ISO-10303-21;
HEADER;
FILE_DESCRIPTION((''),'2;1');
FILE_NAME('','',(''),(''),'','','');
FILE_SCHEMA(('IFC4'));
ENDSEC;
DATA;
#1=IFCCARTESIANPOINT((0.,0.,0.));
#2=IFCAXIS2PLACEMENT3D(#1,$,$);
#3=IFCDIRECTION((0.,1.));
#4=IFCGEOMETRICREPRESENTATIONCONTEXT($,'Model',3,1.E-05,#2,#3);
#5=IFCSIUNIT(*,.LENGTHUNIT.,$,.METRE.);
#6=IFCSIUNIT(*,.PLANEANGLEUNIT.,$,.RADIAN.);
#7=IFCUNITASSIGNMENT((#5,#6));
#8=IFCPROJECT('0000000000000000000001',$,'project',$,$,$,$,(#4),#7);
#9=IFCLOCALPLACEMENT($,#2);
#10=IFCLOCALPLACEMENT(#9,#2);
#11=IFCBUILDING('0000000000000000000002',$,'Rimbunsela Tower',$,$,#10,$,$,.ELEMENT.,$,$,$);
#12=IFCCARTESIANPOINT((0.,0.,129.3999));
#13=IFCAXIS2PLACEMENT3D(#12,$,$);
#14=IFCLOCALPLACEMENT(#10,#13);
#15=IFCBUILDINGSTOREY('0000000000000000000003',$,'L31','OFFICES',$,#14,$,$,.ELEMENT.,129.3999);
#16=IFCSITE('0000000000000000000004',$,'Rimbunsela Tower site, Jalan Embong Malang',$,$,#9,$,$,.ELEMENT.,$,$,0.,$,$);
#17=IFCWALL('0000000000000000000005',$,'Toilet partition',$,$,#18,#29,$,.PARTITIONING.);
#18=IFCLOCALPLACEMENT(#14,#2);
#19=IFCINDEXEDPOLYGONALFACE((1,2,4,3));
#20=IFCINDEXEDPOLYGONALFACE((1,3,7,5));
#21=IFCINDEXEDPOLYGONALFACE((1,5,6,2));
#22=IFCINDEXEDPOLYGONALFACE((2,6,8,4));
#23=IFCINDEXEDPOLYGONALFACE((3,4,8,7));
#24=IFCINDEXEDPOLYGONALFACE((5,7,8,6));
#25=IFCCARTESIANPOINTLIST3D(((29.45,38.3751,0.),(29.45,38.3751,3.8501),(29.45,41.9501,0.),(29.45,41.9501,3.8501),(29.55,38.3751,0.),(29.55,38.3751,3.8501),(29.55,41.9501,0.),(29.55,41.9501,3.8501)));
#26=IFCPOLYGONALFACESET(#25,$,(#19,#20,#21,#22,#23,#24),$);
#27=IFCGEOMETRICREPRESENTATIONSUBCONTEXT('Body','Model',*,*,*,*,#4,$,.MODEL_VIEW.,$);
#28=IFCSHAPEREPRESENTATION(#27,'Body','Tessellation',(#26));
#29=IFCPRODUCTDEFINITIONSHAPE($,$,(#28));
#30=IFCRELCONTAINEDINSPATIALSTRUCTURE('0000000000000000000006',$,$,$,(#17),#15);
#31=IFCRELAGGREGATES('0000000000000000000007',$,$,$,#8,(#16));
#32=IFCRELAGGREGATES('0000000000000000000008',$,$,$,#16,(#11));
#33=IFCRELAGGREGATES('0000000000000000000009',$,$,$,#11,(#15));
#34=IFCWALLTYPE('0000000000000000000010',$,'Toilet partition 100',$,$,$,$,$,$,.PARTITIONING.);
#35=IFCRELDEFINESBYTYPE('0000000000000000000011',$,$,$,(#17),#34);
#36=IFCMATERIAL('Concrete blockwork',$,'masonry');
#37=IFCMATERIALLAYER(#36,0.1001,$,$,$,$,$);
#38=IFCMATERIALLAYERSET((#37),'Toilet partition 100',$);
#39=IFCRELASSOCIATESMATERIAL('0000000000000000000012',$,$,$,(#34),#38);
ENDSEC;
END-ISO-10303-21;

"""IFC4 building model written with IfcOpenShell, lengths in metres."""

from ifc_helpers import new_model, si_unit, direction, frame, frame_2d, origin, place, context, subcontext, project, spatial, rectangle, extrude, material, layer, layer_set, type_object, element, save


model = new_model("IFC4")

# Units and contexts
model_context = context("Model", 3, precision=1e-05, world=origin(), true_north=direction((0.0, 1.0)))
body_context = subcontext(model_context, "Body", "Model", "MODEL_VIEW")
ifc_project = project(units=[si_unit("LENGTHUNIT", "METRE"), si_unit("PLANEANGLEUNIT", "RADIAN")], contexts=[model_context])

# Site, building, storey
site_placement = place(None, origin())
site = spatial("IfcSite", under=ifc_project, at=site_placement, Name="Rimbunsela Tower site, Jalan Embong Malang", CompositionType="ELEMENT", RefElevation=0.0)
building_placement = place(site_placement, origin())
building = spatial("IfcBuilding", under=site, at=building_placement, Name="Rimbunsela Tower", CompositionType="ELEMENT")
storey_placement = place(building_placement, frame((0.0, 0.0, 129.3999)))
storey = spatial("IfcBuildingStorey", under=building, at=storey_placement, Name="L31", Description="OFFICES", CompositionType="ELEMENT", Elevation=129.3999)

# Wall
ifc_material_1 = material(Name="Concrete blockwork", Category="masonry")
ifc_layer_1 = layer(ifc_material_1, 0.1001)
ifc_layer_set_1 = layer_set([ifc_layer_1], Name="Toilet partition 100")
wall_type_1 = type_object("IfcWallType", Name="Toilet partition 100", PredefinedType="PARTITIONING", material=ifc_layer_set_1)
for number, where, z_axis, x_axis, name in (
    (1, (29.5, 38.375, 0.0), (0.0, 0.0, 1.0), (0.0, 1.0, 0.0), "Toilet partition"),
):
    element("IfcWall", number, at=place(storey_placement, frame(where, z_axis=z_axis, x_axis=x_axis)), inside=storey, type_object=wall_type_1, Name=name, PredefinedType="PARTITIONING", context=body_context, shape_type="SweptSolid", body=[
        extrude(rectangle(XDim=3.575, YDim=0.1001, at=frame_2d((1.7876, 0.0))), origin(), (0.0, 0.0, 1.0), 3.8501),
    ])

save(model, "model.ifc")
